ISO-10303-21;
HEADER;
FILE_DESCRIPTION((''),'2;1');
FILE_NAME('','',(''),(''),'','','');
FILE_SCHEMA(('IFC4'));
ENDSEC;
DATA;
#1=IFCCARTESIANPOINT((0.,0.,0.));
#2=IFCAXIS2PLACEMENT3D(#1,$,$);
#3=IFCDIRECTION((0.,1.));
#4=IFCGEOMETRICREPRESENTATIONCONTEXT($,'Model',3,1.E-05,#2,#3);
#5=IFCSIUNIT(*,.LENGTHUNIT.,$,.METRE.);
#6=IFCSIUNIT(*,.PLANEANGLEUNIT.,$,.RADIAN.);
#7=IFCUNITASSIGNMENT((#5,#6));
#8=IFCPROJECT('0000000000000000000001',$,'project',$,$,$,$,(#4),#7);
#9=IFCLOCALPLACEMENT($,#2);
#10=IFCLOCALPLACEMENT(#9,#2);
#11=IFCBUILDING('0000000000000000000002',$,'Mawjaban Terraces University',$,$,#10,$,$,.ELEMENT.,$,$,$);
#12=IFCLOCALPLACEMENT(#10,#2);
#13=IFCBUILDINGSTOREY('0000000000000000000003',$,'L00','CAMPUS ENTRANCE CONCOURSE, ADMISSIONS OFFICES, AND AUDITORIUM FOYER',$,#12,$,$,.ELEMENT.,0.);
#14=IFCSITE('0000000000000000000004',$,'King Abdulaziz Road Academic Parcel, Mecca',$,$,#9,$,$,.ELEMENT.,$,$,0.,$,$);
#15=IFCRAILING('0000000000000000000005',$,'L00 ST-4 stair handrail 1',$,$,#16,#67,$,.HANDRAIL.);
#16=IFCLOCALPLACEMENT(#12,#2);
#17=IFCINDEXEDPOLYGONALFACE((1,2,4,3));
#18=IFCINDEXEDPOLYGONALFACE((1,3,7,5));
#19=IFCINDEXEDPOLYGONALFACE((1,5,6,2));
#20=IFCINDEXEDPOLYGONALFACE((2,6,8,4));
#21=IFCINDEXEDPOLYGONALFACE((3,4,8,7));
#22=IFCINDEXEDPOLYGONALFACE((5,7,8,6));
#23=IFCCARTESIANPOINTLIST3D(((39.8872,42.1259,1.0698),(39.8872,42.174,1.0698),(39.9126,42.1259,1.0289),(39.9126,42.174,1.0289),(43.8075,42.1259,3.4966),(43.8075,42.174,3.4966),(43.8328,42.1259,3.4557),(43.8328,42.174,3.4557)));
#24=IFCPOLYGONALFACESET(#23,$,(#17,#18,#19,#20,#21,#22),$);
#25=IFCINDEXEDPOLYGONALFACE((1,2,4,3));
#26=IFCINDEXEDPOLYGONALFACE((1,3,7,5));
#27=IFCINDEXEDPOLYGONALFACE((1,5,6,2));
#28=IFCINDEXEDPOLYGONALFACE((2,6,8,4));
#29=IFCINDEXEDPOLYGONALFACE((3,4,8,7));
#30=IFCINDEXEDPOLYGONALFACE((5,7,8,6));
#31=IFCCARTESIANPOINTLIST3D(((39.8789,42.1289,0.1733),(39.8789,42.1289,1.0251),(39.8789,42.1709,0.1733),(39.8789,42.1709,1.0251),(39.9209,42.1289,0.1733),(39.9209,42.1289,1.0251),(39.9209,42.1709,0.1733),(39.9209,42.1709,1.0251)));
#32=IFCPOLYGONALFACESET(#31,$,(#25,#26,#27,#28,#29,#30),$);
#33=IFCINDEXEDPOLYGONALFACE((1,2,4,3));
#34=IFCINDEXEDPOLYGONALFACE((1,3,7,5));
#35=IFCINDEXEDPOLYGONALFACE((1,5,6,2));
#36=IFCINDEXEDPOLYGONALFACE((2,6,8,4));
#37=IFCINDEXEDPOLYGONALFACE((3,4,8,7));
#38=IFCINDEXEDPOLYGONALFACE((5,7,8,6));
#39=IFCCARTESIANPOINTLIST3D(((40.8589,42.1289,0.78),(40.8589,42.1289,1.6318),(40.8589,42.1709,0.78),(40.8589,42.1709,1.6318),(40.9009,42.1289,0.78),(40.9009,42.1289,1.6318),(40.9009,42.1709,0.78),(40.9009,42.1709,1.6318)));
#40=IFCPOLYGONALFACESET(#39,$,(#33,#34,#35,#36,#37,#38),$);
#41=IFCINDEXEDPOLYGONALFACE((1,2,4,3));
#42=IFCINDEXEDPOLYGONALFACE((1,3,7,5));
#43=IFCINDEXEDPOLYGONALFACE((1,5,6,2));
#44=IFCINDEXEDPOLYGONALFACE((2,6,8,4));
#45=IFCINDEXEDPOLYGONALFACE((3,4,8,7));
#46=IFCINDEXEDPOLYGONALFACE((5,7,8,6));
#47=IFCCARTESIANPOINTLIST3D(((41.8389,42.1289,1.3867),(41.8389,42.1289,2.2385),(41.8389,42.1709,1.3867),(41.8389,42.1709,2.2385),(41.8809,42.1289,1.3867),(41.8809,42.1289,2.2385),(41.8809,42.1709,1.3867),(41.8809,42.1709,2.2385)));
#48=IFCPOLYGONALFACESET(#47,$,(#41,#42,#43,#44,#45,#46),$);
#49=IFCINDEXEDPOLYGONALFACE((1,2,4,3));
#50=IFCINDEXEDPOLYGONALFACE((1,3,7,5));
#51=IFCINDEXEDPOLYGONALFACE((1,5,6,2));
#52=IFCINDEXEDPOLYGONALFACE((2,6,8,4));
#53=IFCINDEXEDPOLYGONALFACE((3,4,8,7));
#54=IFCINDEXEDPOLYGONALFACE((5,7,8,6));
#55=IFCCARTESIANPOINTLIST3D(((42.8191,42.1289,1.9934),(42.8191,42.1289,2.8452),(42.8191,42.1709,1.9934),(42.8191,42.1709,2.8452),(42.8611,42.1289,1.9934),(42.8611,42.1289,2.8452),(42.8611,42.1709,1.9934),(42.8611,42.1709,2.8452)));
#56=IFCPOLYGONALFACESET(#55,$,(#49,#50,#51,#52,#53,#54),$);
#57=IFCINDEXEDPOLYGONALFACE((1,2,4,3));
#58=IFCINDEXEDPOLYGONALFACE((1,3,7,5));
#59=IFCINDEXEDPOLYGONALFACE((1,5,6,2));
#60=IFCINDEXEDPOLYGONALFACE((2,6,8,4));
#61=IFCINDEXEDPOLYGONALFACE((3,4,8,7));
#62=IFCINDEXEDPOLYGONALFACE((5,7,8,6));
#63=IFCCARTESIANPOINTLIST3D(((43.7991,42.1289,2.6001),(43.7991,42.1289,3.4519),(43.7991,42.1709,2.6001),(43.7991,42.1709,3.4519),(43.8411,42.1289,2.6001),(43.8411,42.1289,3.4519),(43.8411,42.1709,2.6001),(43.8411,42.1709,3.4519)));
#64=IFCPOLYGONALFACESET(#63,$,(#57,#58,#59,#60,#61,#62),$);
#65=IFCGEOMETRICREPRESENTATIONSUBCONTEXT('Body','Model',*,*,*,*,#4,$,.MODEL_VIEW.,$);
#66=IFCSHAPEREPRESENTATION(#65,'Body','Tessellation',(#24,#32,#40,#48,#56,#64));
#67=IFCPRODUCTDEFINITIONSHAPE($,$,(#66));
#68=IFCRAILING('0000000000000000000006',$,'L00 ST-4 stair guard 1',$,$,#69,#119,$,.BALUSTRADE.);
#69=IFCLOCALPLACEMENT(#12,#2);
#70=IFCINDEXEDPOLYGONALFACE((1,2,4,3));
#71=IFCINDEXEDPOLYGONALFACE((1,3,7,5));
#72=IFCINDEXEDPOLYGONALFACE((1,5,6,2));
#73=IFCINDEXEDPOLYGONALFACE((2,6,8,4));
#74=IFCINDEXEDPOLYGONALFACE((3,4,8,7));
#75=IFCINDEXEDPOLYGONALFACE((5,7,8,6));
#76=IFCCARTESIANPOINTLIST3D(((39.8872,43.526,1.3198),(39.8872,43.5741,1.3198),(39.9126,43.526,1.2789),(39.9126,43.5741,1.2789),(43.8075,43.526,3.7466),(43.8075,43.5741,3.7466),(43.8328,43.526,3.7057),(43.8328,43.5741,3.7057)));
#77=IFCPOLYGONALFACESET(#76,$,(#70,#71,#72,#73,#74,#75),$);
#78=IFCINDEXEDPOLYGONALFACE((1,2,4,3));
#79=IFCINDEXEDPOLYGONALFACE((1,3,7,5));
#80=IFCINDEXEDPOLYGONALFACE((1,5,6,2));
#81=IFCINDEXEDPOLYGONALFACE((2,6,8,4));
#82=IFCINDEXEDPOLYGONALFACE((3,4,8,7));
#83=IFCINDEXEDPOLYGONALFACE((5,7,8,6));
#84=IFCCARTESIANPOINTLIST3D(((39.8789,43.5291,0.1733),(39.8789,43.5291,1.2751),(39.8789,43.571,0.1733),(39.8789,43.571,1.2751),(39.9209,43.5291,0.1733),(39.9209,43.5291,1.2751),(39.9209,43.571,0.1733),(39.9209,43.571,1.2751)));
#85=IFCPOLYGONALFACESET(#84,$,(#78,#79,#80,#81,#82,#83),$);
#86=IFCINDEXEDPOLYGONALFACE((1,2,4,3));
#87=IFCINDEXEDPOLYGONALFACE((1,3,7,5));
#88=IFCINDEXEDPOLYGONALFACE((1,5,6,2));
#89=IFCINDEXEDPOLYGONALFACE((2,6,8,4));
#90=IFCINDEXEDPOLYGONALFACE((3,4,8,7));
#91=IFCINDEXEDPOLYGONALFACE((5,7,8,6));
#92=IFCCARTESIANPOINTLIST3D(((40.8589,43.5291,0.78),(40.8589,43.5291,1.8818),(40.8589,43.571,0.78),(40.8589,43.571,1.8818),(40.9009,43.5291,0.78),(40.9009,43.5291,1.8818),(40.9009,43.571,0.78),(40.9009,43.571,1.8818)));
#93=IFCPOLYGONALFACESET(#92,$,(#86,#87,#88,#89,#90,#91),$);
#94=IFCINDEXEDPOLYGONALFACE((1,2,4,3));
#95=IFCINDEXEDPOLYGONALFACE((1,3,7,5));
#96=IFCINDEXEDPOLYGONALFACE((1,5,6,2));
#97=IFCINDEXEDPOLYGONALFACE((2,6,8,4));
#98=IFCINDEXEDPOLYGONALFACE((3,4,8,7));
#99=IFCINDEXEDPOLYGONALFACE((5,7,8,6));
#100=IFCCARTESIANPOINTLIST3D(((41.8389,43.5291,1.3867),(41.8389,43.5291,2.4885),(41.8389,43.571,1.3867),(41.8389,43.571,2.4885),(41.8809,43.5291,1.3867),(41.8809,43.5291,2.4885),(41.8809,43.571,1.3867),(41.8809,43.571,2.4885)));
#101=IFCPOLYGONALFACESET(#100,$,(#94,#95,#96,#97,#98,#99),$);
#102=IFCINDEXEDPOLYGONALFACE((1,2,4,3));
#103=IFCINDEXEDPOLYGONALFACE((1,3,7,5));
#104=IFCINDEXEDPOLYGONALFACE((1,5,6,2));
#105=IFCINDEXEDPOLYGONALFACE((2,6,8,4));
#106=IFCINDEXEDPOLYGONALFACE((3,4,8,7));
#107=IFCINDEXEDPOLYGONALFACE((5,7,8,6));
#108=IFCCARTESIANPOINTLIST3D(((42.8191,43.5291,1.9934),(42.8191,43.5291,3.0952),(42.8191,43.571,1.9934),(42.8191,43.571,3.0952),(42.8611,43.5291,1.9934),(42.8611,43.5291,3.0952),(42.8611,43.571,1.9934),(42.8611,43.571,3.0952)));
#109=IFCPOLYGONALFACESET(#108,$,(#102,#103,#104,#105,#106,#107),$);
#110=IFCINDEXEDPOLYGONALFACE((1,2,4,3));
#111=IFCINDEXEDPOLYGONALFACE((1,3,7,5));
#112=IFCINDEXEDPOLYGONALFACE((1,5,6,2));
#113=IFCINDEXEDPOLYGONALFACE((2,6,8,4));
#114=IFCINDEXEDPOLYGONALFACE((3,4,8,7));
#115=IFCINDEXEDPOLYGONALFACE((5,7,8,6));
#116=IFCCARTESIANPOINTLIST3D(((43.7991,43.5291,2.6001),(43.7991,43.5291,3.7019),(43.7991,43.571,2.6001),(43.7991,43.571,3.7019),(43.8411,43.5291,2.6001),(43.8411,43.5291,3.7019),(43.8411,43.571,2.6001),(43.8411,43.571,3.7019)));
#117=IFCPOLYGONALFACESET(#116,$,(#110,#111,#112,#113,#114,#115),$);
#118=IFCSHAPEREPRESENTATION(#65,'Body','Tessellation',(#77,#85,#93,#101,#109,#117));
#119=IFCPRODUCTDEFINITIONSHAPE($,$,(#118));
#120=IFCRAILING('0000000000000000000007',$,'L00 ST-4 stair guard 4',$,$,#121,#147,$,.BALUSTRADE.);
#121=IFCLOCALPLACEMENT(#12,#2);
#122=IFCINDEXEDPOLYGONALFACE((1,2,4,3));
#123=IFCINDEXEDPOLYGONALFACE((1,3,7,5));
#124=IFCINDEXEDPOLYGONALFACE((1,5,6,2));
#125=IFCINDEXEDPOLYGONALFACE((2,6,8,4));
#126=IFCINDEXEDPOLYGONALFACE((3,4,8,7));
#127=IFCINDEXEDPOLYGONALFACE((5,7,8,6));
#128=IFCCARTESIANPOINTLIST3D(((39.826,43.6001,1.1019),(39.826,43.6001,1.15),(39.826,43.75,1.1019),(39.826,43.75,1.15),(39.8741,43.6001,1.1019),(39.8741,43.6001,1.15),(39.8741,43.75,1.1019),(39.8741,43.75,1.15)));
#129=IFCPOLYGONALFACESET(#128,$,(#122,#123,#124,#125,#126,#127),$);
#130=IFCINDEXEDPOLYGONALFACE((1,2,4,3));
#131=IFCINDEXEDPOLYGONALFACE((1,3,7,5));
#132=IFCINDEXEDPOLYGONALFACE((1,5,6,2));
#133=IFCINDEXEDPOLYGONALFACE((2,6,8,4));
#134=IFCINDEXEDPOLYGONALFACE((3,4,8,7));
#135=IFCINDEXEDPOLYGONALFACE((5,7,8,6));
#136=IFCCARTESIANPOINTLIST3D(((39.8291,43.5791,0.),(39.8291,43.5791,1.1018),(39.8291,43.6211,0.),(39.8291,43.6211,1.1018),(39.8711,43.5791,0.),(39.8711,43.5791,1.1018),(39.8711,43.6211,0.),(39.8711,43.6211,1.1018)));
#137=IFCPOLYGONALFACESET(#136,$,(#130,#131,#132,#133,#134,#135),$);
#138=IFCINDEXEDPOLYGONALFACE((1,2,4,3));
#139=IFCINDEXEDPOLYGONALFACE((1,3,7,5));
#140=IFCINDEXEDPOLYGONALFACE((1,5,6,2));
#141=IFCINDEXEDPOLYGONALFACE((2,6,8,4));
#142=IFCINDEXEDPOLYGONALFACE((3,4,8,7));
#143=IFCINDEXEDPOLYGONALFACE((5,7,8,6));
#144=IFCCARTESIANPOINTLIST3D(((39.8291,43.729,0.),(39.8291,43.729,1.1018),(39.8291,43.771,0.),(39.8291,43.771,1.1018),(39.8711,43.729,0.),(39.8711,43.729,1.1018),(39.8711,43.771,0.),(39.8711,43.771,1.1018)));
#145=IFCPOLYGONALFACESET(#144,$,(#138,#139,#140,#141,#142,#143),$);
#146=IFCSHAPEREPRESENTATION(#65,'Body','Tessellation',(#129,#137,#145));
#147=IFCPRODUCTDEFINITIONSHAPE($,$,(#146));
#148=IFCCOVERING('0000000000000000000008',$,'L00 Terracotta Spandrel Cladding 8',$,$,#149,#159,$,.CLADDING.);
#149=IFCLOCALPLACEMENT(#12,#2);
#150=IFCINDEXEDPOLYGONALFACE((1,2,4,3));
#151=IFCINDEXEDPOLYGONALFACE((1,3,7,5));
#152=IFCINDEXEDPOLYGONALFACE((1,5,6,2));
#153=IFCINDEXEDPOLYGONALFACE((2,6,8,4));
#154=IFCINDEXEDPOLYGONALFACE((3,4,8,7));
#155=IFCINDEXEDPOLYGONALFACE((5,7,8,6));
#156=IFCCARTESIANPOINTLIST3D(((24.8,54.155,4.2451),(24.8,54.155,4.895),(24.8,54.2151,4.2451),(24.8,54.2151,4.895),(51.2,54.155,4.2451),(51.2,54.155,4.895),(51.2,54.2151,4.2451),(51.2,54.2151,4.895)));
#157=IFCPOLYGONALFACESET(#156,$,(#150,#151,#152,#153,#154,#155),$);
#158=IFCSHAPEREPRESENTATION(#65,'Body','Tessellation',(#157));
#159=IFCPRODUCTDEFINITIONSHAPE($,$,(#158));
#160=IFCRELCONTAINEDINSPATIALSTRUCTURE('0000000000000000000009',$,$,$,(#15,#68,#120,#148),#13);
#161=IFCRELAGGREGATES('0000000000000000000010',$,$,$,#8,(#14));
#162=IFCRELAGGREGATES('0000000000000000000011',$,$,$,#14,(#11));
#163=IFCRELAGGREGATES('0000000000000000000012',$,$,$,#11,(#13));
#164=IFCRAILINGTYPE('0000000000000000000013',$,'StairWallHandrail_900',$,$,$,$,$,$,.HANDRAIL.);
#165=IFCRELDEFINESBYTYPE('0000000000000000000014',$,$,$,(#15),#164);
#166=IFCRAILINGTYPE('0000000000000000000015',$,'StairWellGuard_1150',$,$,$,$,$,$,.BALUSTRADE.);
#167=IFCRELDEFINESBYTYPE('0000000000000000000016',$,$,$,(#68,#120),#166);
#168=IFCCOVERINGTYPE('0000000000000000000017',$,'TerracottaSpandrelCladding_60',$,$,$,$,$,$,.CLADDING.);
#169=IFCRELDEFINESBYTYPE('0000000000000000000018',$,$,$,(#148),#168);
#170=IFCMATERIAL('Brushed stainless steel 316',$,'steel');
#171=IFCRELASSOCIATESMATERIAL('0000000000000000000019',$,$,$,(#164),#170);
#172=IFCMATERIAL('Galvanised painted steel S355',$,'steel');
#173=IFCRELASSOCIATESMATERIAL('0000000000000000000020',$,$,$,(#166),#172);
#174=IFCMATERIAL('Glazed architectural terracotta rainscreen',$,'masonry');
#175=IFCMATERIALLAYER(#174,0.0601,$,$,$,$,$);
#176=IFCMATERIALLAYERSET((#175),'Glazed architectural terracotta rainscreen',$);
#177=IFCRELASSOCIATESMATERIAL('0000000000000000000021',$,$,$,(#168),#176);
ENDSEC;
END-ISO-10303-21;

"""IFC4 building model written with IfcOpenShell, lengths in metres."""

from ifc_helpers import new_model, si_unit, direction, frame, origin, origin_2d, place, context, subcontext, project, spatial, rectangle, extrude, material, layer, layer_set, type_object, element, save


model = new_model("IFC4")

# Units and contexts
model_context = context("Model", 3, precision=1e-05, world=origin(), true_north=direction((0.0, 1.0)))
body_context = subcontext(model_context, "Body", "Model", "MODEL_VIEW")
ifc_project = project(units=[si_unit("LENGTHUNIT", "METRE"), si_unit("PLANEANGLEUNIT", "RADIAN")], contexts=[model_context])

# Site, building, storey
site_placement = place(None, origin())
site = spatial("IfcSite", under=ifc_project, at=site_placement, Name="King Abdulaziz Road Academic Parcel, Mecca", CompositionType="ELEMENT", RefElevation=0.0)
building_placement = place(site_placement, origin())
building = spatial("IfcBuilding", under=site, at=building_placement, Name="Mawjaban Terraces University", CompositionType="ELEMENT")
storey_placement = place(building_placement, origin())
storey = spatial("IfcBuildingStorey", under=building, at=storey_placement, Name="L00", Description="CAMPUS ENTRANCE CONCOURSE, ADMISSIONS OFFICES, AND AUDITORIUM FOYER", CompositionType="ELEMENT", Elevation=0.0)

# Railings
ifc_material_1 = material(Name="Brushed stainless steel 316", Category="steel")
railing_type_1 = type_object("IfcRailingType", Name="StairWallHandrail_900", PredefinedType="HANDRAIL", material=ifc_material_1)
railing_1_placement = place(storey_placement, frame((39.8999, 42.1499, 0.1733)))
element("IfcRailing", 1, at=railing_1_placement, inside=storey, type_object=railing_type_1, Name="L00 ST-4 stair handrail 1", PredefinedType="HANDRAIL", context=body_context, shape_type="SweptSolid", body=[
    extrude(rectangle(XDim=0.0481, YDim=0.0481, at=origin_2d()), frame((0.0, 0.0, 0.876), z_axis=(0.850266, 0.0, 0.526353), x_axis=(0.0, 1.0, 0.0)), (0.0, 0.0, 1.0), 4.6106),
    extrude(rectangle(XDim=0.042, YDim=0.042, at=origin_2d()), origin(), (0.0, 0.0, 1.0), 0.8518),
    extrude(rectangle(XDim=0.042, YDim=0.042, at=origin_2d()), frame((0.98, 0.0, 0.6067)), (0.0, 0.0, 1.0), 0.8518),
    extrude(rectangle(XDim=0.042, YDim=0.042, at=origin_2d()), frame((1.96, 0.0, 1.2134)), (0.0, 0.0, 1.0), 0.8518),
    extrude(rectangle(XDim=0.042, YDim=0.042, at=origin_2d()), frame((2.9402, 0.0, 1.8201)), (0.0, 0.0, 1.0), 0.8518),
    extrude(rectangle(XDim=0.042, YDim=0.042, at=origin_2d()), frame((3.9202, 0.0, 2.4268)), (0.0, 0.0, 1.0), 0.8518),
])
ifc_material_2 = material(Name="Galvanised painted steel S355", Category="steel")
railing_type_2 = type_object("IfcRailingType", Name="StairWellGuard_1150", PredefinedType="BALUSTRADE", material=ifc_material_2)
railing_2_placement = place(storey_placement, frame((39.8999, 43.55, 0.1733)))
element("IfcRailing", 2, at=railing_2_placement, inside=storey, type_object=railing_type_2, Name="L00 ST-4 stair guard 1", PredefinedType="BALUSTRADE", context=body_context, shape_type="SweptSolid", body=[
    extrude(rectangle(XDim=0.0481, YDim=0.0481, at=origin_2d()), frame((0.0, 0.0, 1.126), z_axis=(0.850266, 0.0, 0.526353), x_axis=(0.0, 1.0, 0.0)), (0.0, 0.0, 1.0), 4.6106),
    extrude(rectangle(XDim=0.042, YDim=0.042, at=origin_2d()), origin(), (0.0, 0.0, 1.0), 1.1018),
    extrude(rectangle(XDim=0.042, YDim=0.042, at=origin_2d()), frame((0.98, 0.0, 0.6067)), (0.0, 0.0, 1.0), 1.1018),
    extrude(rectangle(XDim=0.042, YDim=0.042, at=origin_2d()), frame((1.96, 0.0, 1.2134)), (0.0, 0.0, 1.0), 1.1018),
    extrude(rectangle(XDim=0.042, YDim=0.042, at=origin_2d()), frame((2.9402, 0.0, 1.8201)), (0.0, 0.0, 1.0), 1.1018),
    extrude(rectangle(XDim=0.042, YDim=0.042, at=origin_2d()), frame((3.9202, 0.0, 2.4268)), (0.0, 0.0, 1.0), 1.1018),
])
railing_3_placement = place(storey_placement, frame((39.8501, 43.6001, 0.0)))
element("IfcRailing", 3, at=railing_3_placement, inside=storey, type_object=railing_type_2, Name="L00 ST-4 stair guard 4", PredefinedType="BALUSTRADE", context=body_context, shape_type="SweptSolid", body=[
    extrude(rectangle(XDim=0.0481, YDim=0.0481, at=origin_2d()), frame((0.0, 0.0, 1.126), z_axis=(0.0, 1.0, 0.0), x_axis=(-1.0, 0.0, 0.0)), (0.0, 0.0, 1.0), 0.1499),
    extrude(rectangle(XDim=0.042, YDim=0.042, at=origin_2d()), origin(), (0.0, 0.0, 1.0), 1.1018),
    extrude(rectangle(XDim=0.042, YDim=0.042, at=origin_2d()), frame((0.0, 0.1499, 0.0)), (0.0, 0.0, 1.0), 1.1018),
])

# Covering
ifc_material_3 = material(Name="Glazed architectural terracotta rainscreen", Category="masonry")
ifc_layer_1 = layer(ifc_material_3, 0.0601)
ifc_layer_set_1 = layer_set([ifc_layer_1], Name="Glazed architectural terracotta rainscreen")
covering_type = type_object("IfcCoveringType", Name="TerracottaSpandrelCladding_60", PredefinedType="CLADDING", material=ifc_layer_set_1)
covering_placement = place(storey_placement, frame((38.0, 54.1851, 4.2451), z_axis=(0.0, 0.0, 1.0), x_axis=(-1.0, 0.0, 0.0)))
element("IfcCovering", 4, at=covering_placement, inside=storey, type_object=covering_type, Name="L00 Terracotta Spandrel Cladding 8", PredefinedType="CLADDING", context=body_context, shape_type="SweptSolid", body=[
    extrude(rectangle(XDim=26.3999, YDim=0.0601, at=origin_2d()), origin(), (0.0, 0.0, 1.0), 0.6499),
])

save(model, "model.ifc")
